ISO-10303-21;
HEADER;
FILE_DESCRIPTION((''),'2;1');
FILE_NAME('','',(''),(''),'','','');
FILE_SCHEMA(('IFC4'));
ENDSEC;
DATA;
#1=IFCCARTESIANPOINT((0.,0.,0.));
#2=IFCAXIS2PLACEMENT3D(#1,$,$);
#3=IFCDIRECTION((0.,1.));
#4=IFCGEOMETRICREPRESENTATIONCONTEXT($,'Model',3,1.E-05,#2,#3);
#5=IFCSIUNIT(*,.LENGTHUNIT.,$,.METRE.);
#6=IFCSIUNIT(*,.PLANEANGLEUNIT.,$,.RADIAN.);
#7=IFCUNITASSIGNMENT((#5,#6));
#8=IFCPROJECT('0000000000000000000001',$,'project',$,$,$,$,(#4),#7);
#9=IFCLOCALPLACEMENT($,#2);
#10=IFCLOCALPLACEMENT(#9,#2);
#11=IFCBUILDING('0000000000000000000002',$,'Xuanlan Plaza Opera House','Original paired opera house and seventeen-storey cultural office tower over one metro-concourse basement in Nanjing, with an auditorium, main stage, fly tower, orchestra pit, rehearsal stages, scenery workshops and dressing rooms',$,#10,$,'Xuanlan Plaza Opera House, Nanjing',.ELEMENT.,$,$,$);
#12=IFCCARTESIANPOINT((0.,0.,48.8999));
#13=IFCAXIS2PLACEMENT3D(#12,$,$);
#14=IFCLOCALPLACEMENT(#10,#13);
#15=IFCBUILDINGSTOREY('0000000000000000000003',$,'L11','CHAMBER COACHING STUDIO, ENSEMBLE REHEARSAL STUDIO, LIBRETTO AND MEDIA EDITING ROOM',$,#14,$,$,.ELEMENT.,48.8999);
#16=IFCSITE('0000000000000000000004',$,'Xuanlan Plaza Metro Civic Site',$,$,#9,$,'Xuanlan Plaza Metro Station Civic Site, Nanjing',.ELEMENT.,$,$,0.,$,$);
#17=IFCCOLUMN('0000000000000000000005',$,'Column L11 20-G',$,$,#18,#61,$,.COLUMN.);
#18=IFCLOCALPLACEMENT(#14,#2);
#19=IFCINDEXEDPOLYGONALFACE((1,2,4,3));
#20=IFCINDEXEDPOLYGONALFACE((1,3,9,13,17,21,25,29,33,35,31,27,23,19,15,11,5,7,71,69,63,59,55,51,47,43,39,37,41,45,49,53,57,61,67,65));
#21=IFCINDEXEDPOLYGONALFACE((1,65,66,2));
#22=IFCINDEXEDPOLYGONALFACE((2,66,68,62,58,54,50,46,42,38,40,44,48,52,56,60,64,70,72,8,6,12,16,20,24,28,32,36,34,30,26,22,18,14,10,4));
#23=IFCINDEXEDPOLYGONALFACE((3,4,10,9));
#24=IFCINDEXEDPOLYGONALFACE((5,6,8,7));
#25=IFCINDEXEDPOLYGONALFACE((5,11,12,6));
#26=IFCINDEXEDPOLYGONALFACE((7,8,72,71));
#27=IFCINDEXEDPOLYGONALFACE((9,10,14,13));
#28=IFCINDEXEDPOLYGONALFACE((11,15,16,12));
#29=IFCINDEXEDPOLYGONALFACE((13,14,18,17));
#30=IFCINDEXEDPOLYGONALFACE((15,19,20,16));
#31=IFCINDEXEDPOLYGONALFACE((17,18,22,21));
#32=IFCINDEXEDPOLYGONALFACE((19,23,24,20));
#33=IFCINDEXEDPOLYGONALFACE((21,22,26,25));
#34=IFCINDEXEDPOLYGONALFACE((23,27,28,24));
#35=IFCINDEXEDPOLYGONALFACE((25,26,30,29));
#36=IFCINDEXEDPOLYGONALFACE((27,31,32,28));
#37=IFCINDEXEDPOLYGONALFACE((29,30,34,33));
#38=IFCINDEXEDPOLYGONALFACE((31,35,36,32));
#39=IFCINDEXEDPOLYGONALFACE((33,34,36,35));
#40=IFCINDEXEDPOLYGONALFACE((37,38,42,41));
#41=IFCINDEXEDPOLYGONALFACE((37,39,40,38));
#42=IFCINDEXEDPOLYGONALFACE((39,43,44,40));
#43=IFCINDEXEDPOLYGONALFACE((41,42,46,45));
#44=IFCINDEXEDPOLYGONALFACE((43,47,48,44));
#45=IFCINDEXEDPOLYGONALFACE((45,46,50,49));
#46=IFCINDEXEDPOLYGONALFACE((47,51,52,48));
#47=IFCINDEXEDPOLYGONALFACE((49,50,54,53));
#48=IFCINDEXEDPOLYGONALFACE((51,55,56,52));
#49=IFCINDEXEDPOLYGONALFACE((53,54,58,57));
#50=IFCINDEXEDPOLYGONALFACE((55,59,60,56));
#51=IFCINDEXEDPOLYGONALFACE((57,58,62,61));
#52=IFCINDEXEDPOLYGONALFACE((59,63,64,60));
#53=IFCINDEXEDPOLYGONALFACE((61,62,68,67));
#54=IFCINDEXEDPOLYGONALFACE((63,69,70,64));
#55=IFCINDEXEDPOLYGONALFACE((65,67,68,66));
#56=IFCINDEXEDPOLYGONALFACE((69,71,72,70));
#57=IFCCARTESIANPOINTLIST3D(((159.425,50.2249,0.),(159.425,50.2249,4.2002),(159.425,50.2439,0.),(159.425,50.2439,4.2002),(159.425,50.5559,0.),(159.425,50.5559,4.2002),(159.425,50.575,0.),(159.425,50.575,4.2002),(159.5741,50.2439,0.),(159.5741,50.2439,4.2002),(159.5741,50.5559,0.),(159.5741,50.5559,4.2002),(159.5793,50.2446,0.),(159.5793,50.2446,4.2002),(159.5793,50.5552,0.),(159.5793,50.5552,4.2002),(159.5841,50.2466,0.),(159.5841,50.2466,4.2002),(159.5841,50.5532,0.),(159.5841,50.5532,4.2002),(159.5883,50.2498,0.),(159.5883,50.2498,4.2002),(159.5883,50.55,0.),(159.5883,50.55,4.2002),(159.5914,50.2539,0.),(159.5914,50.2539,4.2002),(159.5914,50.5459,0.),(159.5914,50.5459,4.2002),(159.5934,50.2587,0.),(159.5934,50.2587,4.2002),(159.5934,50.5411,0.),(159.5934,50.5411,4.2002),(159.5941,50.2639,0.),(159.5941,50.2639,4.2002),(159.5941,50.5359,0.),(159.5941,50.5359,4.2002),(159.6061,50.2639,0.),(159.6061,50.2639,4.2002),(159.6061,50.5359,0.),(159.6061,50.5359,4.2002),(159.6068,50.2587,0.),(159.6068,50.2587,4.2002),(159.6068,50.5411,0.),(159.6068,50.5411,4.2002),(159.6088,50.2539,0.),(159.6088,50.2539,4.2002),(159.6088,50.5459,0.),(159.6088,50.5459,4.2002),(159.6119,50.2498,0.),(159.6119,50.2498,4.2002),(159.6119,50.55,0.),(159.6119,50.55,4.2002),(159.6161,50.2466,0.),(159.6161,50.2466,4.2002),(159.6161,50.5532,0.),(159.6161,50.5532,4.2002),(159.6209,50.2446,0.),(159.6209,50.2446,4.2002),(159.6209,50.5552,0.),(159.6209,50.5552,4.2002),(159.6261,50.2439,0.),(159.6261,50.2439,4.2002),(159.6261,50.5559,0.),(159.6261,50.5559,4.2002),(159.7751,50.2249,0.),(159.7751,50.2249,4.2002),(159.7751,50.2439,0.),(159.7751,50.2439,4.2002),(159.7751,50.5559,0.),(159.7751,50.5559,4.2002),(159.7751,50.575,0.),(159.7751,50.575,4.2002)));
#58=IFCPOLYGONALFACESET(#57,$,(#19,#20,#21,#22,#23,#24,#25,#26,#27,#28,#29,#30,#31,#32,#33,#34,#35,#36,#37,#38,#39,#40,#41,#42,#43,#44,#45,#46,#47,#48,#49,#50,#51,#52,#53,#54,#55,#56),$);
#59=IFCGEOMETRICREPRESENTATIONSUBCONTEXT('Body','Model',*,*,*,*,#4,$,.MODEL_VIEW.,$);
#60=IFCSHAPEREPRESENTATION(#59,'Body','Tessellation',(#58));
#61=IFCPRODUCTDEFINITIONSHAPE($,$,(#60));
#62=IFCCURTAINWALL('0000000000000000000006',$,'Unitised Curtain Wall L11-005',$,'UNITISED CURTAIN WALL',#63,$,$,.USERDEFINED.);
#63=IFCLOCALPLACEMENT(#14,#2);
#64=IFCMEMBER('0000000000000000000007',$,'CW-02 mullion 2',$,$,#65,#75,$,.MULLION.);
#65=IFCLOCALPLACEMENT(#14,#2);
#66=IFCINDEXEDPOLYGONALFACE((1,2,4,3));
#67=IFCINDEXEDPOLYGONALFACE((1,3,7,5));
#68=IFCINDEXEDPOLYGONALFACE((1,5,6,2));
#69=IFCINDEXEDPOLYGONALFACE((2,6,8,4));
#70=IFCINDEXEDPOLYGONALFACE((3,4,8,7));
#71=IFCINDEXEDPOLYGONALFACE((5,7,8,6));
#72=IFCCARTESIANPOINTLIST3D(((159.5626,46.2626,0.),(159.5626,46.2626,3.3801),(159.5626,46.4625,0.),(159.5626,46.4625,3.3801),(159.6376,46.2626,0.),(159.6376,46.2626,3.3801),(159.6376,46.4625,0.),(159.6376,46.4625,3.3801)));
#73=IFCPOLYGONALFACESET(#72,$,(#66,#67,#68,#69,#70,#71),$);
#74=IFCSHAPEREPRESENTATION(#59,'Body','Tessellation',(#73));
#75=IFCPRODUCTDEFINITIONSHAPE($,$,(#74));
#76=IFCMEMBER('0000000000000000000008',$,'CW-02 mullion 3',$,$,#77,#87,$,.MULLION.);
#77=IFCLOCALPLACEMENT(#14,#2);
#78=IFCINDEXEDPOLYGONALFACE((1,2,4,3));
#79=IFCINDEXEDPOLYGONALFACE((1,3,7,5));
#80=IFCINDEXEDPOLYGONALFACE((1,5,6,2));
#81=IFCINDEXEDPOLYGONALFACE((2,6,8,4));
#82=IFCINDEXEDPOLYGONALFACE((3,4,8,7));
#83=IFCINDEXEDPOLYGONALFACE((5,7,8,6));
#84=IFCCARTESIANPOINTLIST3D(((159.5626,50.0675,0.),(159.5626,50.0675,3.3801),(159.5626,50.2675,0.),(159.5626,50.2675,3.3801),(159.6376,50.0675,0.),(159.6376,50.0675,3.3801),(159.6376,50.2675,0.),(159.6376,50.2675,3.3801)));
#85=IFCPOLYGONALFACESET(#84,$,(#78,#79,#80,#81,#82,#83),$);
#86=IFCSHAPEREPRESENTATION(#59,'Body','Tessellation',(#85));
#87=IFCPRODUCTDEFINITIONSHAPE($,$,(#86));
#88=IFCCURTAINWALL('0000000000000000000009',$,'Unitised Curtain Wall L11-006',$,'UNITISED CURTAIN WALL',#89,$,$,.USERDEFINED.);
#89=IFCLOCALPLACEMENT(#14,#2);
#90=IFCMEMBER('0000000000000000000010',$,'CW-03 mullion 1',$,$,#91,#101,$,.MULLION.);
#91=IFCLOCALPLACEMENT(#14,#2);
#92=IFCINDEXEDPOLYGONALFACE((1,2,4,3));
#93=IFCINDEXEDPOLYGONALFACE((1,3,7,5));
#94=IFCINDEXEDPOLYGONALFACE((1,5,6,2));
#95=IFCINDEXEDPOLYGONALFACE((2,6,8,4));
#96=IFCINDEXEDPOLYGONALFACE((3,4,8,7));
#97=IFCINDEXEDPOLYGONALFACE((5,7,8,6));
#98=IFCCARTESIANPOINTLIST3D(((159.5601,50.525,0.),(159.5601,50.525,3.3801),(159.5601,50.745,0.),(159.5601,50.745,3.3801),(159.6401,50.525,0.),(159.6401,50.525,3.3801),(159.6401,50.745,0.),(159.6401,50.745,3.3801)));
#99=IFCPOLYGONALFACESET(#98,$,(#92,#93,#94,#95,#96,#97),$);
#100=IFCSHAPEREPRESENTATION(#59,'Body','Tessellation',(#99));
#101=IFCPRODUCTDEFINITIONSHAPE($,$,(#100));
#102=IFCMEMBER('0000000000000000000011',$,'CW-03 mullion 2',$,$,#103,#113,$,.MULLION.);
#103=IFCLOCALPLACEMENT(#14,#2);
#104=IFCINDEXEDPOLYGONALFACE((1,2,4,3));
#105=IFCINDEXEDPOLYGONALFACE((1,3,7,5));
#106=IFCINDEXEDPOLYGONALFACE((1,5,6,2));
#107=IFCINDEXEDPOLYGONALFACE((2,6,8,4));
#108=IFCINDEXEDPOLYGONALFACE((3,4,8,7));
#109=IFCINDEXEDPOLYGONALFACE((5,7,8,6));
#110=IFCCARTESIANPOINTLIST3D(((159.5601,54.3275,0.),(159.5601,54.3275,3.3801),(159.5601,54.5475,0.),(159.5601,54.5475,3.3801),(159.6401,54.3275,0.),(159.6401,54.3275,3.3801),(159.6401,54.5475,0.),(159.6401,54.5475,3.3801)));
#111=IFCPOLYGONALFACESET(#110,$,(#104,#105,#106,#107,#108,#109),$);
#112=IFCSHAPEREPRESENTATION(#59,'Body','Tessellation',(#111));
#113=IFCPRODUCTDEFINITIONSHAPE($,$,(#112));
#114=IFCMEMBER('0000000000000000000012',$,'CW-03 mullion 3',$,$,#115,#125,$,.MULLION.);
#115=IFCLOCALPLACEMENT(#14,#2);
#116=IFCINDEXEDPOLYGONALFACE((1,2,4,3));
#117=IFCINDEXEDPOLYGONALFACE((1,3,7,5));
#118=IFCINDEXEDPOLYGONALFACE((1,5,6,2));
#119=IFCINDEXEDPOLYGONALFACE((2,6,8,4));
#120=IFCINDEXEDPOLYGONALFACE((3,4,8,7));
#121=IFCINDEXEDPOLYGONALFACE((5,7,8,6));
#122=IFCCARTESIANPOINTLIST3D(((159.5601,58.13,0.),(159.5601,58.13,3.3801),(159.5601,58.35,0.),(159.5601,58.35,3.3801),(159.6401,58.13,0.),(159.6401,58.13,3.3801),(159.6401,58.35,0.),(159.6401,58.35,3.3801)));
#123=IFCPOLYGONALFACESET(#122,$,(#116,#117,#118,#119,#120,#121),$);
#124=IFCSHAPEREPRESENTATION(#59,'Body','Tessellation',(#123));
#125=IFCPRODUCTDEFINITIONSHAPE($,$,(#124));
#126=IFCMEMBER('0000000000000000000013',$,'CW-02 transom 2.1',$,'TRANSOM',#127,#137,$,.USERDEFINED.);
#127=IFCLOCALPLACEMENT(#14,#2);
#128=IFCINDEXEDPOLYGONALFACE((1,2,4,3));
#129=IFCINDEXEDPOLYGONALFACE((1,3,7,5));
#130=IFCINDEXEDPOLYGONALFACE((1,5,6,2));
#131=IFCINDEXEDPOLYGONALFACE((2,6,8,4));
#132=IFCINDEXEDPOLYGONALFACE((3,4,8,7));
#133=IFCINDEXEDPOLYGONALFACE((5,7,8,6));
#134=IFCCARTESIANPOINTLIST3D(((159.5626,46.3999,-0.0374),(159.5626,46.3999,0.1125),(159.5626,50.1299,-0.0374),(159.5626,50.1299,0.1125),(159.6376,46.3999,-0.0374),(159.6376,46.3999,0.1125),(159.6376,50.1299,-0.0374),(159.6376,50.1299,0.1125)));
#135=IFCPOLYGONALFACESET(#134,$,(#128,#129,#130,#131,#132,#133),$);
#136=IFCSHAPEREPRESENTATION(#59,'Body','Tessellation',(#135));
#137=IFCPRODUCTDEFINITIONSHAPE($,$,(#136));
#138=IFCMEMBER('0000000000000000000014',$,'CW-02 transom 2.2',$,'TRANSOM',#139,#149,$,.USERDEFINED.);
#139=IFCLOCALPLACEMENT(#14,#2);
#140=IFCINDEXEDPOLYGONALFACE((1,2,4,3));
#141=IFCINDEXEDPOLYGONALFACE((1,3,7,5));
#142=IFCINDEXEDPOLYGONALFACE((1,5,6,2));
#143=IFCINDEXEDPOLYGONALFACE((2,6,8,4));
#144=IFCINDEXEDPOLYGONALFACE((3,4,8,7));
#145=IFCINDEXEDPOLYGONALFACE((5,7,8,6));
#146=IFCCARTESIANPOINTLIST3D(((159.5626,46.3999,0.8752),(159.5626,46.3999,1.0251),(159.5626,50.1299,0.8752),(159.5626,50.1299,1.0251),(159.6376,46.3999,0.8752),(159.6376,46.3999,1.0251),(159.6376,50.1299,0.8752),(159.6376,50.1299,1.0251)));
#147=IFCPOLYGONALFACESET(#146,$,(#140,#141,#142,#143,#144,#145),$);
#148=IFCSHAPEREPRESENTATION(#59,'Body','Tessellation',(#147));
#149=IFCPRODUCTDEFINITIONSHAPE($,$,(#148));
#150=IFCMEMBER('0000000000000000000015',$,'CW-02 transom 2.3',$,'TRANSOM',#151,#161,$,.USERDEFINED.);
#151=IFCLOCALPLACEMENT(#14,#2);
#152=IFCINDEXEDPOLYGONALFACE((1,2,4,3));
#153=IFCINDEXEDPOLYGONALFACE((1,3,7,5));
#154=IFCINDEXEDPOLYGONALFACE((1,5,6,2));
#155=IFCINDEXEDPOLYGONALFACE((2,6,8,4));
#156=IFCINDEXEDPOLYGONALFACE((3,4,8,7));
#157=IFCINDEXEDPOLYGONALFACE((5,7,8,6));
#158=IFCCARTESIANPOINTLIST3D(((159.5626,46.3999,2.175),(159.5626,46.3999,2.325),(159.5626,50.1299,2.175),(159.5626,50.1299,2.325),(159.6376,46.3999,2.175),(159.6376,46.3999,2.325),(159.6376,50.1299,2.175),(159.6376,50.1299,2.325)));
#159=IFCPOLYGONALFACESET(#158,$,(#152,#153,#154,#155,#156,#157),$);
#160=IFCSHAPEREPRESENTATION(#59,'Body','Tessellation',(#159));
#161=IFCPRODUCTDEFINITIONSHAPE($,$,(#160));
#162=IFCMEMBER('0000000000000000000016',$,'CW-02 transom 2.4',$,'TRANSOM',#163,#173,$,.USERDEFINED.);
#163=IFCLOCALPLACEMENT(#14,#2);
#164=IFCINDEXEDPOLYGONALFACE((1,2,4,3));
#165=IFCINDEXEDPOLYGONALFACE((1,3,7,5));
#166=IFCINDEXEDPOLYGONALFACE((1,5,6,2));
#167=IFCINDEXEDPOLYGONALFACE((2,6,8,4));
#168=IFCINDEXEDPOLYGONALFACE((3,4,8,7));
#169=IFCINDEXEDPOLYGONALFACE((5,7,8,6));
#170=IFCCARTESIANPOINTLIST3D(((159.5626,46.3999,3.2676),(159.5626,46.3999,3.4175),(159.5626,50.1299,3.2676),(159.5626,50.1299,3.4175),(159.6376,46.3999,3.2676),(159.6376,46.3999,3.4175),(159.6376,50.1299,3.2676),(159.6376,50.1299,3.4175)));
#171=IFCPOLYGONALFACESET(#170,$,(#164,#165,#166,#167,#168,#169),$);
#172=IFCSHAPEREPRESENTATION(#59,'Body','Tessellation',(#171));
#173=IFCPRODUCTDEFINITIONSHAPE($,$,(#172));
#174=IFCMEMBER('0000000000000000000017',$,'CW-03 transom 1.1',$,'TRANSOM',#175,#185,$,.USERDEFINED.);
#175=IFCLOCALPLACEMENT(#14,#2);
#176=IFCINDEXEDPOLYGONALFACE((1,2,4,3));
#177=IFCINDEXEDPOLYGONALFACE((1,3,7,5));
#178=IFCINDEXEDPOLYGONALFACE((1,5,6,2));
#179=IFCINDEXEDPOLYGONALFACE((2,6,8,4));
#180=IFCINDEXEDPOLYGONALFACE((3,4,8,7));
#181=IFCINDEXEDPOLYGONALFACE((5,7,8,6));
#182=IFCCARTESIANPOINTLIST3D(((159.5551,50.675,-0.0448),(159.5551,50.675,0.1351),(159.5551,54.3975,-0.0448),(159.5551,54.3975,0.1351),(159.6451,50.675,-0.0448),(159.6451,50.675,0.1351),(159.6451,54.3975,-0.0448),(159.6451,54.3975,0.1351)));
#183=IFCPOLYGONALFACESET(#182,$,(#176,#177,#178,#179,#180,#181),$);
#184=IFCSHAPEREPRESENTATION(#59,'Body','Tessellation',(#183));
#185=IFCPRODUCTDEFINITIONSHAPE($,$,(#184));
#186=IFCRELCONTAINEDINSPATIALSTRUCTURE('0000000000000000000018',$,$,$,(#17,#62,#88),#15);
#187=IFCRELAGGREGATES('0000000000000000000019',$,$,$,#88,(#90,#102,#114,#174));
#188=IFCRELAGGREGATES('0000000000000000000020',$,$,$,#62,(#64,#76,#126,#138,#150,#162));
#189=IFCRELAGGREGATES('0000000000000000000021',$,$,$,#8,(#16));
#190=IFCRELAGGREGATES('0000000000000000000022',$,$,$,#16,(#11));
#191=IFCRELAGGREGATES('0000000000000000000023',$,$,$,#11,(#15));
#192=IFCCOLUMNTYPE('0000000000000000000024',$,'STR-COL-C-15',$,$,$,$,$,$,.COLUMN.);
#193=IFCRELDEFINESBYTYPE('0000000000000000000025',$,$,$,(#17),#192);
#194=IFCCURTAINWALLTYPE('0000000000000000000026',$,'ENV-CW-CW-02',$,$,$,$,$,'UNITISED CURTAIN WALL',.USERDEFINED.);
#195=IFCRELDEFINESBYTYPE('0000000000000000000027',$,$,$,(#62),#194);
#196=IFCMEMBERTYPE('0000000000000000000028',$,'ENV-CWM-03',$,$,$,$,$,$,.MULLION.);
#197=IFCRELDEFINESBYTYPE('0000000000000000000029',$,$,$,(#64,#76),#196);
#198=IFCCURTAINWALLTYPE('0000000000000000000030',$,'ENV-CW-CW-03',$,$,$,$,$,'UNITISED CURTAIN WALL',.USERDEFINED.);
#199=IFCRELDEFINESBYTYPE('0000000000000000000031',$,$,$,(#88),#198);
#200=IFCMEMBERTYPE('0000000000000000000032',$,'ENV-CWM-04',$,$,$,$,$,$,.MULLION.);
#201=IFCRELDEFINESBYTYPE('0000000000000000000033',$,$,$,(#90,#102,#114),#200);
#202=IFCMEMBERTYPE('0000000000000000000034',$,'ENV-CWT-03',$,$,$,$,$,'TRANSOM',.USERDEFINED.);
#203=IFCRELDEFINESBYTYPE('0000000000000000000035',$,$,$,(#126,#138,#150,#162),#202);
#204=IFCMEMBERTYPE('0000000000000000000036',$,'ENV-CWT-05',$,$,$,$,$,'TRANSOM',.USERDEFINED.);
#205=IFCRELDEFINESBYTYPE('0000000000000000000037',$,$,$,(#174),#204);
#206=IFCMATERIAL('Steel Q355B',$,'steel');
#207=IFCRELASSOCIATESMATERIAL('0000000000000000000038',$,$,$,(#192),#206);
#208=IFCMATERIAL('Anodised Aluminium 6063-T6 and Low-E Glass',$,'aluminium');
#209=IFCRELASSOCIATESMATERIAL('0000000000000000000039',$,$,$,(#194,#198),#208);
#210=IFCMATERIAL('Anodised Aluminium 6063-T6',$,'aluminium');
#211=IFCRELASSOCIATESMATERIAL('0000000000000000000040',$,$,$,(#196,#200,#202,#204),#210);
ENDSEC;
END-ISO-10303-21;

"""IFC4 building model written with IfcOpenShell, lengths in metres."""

from ifc_helpers import new_model, si_unit, direction, frame, origin, origin_2d, place, context, subcontext, project, spatial, rectangle, i_section, extrude, material, material_profile, profile_set, type_object, element, aggregate, save


model = new_model("IFC4")

# Units and contexts
model_context = context("Model", 3, precision=1e-05, world=origin(), true_north=direction((0.0, 1.0)))
body_context = subcontext(model_context, "Body", "Model", "MODEL_VIEW")
ifc_project = project(units=[si_unit("LENGTHUNIT", "METRE"), si_unit("PLANEANGLEUNIT", "RADIAN")], contexts=[model_context])

# Site, building, storey
site_placement = place(None, origin())
site = spatial("IfcSite", under=ifc_project, at=site_placement, Name="Xuanlan Plaza Metro Civic Site", LongName="Xuanlan Plaza Metro Station Civic Site, Nanjing", CompositionType="ELEMENT", RefElevation=0.0)
building_placement = place(site_placement, origin())
building = spatial("IfcBuilding", under=site, at=building_placement, Name="Xuanlan Plaza Opera House", Description="Original paired opera house and seventeen-storey cultural office tower over one metro-concourse basement in Nanjing, with an auditorium, main stage, fly tower, orchestra pit, rehearsal stages, scenery workshops and dressing rooms", LongName="Xuanlan Plaza Opera House, Nanjing", CompositionType="ELEMENT")
storey_placement = place(building_placement, frame((0.0, 0.0, 48.8999)))
storey = spatial("IfcBuildingStorey", under=building, at=storey_placement, Name="L11", Description="CHAMBER COACHING STUDIO, ENSEMBLE REHEARSAL STUDIO, LIBRETTO AND MEDIA EDITING ROOM", CompositionType="ELEMENT", Elevation=48.8999)

# Column
ifc_material_1 = material(Name="Steel Q355B", Category="steel")
ifc_material_profile_1 = material_profile(ifc_material_1, i_section(OverallWidth=0.3501, OverallDepth=0.3501, WebThickness=0.012, FlangeThickness=0.019, FilletRadius=0.02, at=origin_2d()), Name="HW 350x350x12x19")
ifc_profile_set_1 = profile_set([ifc_material_profile_1], Name="Steel Q355B")
column_type = type_object("IfcColumnType", Name="STR-COL-C-15", PredefinedType="COLUMN", material=ifc_profile_set_1)
column_placement = place(storey_placement, frame((159.6001, 50.3999, 0.0), z_axis=(0.0, 0.0, 1.0), x_axis=(1.0, 0.0, 0.0)))
element("IfcColumn", 1, at=column_placement, inside=storey, type_object=column_type, Name="Column L11 20-G", PredefinedType="COLUMN", context=body_context, shape_type="SweptSolid", body=[
    extrude(i_section(OverallWidth=0.3501, OverallDepth=0.3501, WebThickness=0.012, FlangeThickness=0.019, FilletRadius=0.02, at=origin_2d()), origin(), (0.0, 0.0, 1.0), 4.2002),
])

# Curtain walls, members
ifc_material_2 = material(Name="Anodised Aluminium 6063-T6 and Low-E Glass", Category="aluminium")
curtain_wall_type_1 = type_object("IfcCurtainWallType", Name="ENV-CW-CW-02", ElementType="UNITISED CURTAIN WALL", PredefinedType="USERDEFINED", material=ifc_material_2)
curtain_wall_1_placement = place(storey_placement, origin())
curtain_wall_1 = element("IfcCurtainWall", 2, at=curtain_wall_1_placement, inside=storey, type_object=curtain_wall_type_1, Name="Unitised Curtain Wall L11-005", ObjectType="UNITISED CURTAIN WALL", PredefinedType="USERDEFINED")
ifc_material_3 = material(Name="Anodised Aluminium 6063-T6", Category="aluminium")
ifc_material_profile_2 = material_profile(ifc_material_3, rectangle(XDim=0.075, YDim=0.2, at=origin_2d()), Name="ALU-M 75x200")
ifc_profile_set_2 = profile_set([ifc_material_profile_2], Name="Anodised Aluminium 6063-T6")
member_type_1 = type_object("IfcMemberType", Name="ENV-CWM-03", PredefinedType="MULLION", material=ifc_profile_set_2)
member_1_placement = place(storey_placement, frame((159.6001, 46.3625, 0.0), z_axis=(0.0, 0.0, 1.0), x_axis=(-1.0, 0.0, 0.0)))
member_1 = element("IfcMember", 3, at=member_1_placement, type_object=member_type_1, Name="CW-02 mullion 2", PredefinedType="MULLION", context=body_context, shape_type="SweptSolid", body=[
    extrude(rectangle(XDim=0.075, YDim=0.2, at=origin_2d()), origin(), (0.0, 0.0, 1.0), 3.3801),
])
member_2_placement = place(storey_placement, frame((159.6001, 50.1675, 0.0), z_axis=(0.0, 0.0, 1.0), x_axis=(-1.0, 0.0, 0.0)))
member_2 = element("IfcMember", 4, at=member_2_placement, type_object=member_type_1, Name="CW-02 mullion 3", PredefinedType="MULLION", context=body_context, shape_type="SweptSolid", body=[
    extrude(rectangle(XDim=0.075, YDim=0.2, at=origin_2d()), origin(), (0.0, 0.0, 1.0), 3.3801),
])
curtain_wall_type_2 = type_object("IfcCurtainWallType", Name="ENV-CW-CW-03", ElementType="UNITISED CURTAIN WALL", PredefinedType="USERDEFINED", material=ifc_material_2)
curtain_wall_2_placement = place(storey_placement, origin())
curtain_wall_2 = element("IfcCurtainWall", 5, at=curtain_wall_2_placement, inside=storey, type_object=curtain_wall_type_2, Name="Unitised Curtain Wall L11-006", ObjectType="UNITISED CURTAIN WALL", PredefinedType="USERDEFINED")
ifc_material_profile_3 = material_profile(ifc_material_3, rectangle(XDim=0.0801, YDim=0.22, at=origin_2d()), Name="ALU-M 80x220")
ifc_profile_set_3 = profile_set([ifc_material_profile_3], Name="Anodised Aluminium 6063-T6")
member_type_2 = type_object("IfcMemberType", Name="ENV-CWM-04", PredefinedType="MULLION", material=ifc_profile_set_3)
member_3_placement = place(storey_placement, frame((159.6001, 50.635, 0.0), z_axis=(0.0, 0.0, 1.0), x_axis=(-1.0, 0.0, 0.0)))
member_3 = element("IfcMember", 6, at=member_3_placement, type_object=member_type_2, Name="CW-03 mullion 1", PredefinedType="MULLION", context=body_context, shape_type="SweptSolid", body=[
    extrude(rectangle(XDim=0.0801, YDim=0.22, at=origin_2d()), origin(), (0.0, 0.0, 1.0), 3.3801),
])
member_4_placement = place(storey_placement, frame((159.6001, 54.4375, 0.0), z_axis=(0.0, 0.0, 1.0), x_axis=(-1.0, 0.0, 0.0)))
member_4 = element("IfcMember", 7, at=member_4_placement, type_object=member_type_2, Name="CW-03 mullion 2", PredefinedType="MULLION", context=body_context, shape_type="SweptSolid", body=[
    extrude(rectangle(XDim=0.0801, YDim=0.22, at=origin_2d()), origin(), (0.0, 0.0, 1.0), 3.3801),
])
member_5_placement = place(storey_placement, frame((159.6001, 58.24, 0.0), z_axis=(0.0, 0.0, 1.0), x_axis=(-1.0, 0.0, 0.0)))
member_5 = element("IfcMember", 8, at=member_5_placement, type_object=member_type_2, Name="CW-03 mullion 3", PredefinedType="MULLION", context=body_context, shape_type="SweptSolid", body=[
    extrude(rectangle(XDim=0.0801, YDim=0.22, at=origin_2d()), origin(), (0.0, 0.0, 1.0), 3.3801),
])

# Members
ifc_material_profile_4 = material_profile(ifc_material_3, rectangle(XDim=0.075, YDim=0.1499, at=origin_2d()), Name="ALU-T 75x150")
ifc_profile_set_4 = profile_set([ifc_material_profile_4], Name="Anodised Aluminium 6063-T6")
member_type_3 = type_object("IfcMemberType", Name="ENV-CWT-03", ElementType="TRANSOM", PredefinedType="USERDEFINED", material=ifc_profile_set_4)
member_6_placement = place(storey_placement, frame((159.6001, 46.3999, 0.0376), z_axis=(0.0, 1.0, 0.0), x_axis=(-1.0, 0.0, 0.0)))
member_6 = element("IfcMember", 9, at=member_6_placement, type_object=member_type_3, Name="CW-02 transom 2.1", ObjectType="TRANSOM", PredefinedType="USERDEFINED", context=body_context, shape_type="SweptSolid", body=[
    extrude(rectangle(XDim=0.075, YDim=0.1499, at=origin_2d()), origin(), (0.0, 0.0, 1.0), 3.73),
])
member_7_placement = place(storey_placement, frame((159.6001, 46.3999, 0.9502), z_axis=(0.0, 1.0, 0.0), x_axis=(-1.0, 0.0, 0.0)))
member_7 = element("IfcMember", 10, at=member_7_placement, type_object=member_type_3, Name="CW-02 transom 2.2", ObjectType="TRANSOM", PredefinedType="USERDEFINED", context=body_context, shape_type="SweptSolid", body=[
    extrude(rectangle(XDim=0.075, YDim=0.1499, at=origin_2d()), origin(), (0.0, 0.0, 1.0), 3.73),
])
member_8_placement = place(storey_placement, frame((159.6001, 46.3999, 2.25), z_axis=(0.0, 1.0, 0.0), x_axis=(-1.0, 0.0, 0.0)))
member_8 = element("IfcMember", 11, at=member_8_placement, type_object=member_type_3, Name="CW-02 transom 2.3", ObjectType="TRANSOM", PredefinedType="USERDEFINED", context=body_context, shape_type="SweptSolid", body=[
    extrude(rectangle(XDim=0.075, YDim=0.1499, at=origin_2d()), origin(), (0.0, 0.0, 1.0), 3.73),
])
member_9_placement = place(storey_placement, frame((159.6001, 46.3999, 3.3425), z_axis=(0.0, 1.0, 0.0), x_axis=(-1.0, 0.0, 0.0)))
member_9 = element("IfcMember", 12, at=member_9_placement, type_object=member_type_3, Name="CW-02 transom 2.4", ObjectType="TRANSOM", PredefinedType="USERDEFINED", context=body_context, shape_type="SweptSolid", body=[
    extrude(rectangle(XDim=0.075, YDim=0.1499, at=origin_2d()), origin(), (0.0, 0.0, 1.0), 3.73),
])
ifc_material_profile_5 = material_profile(ifc_material_3, rectangle(XDim=0.0901, YDim=0.1799, at=origin_2d()), Name="ALU-T 90x180")
ifc_profile_set_5 = profile_set([ifc_material_profile_5], Name="Anodised Aluminium 6063-T6")
member_type_4 = type_object("IfcMemberType", Name="ENV-CWT-05", ElementType="TRANSOM", PredefinedType="USERDEFINED", material=ifc_profile_set_5)
member_10_placement = place(storey_placement, frame((159.6001, 50.675, 0.0452), z_axis=(0.0, 1.0, 0.0), x_axis=(-1.0, 0.0, 0.0)))
member_10 = element("IfcMember", 13, at=member_10_placement, type_object=member_type_4, Name="CW-03 transom 1.1", ObjectType="TRANSOM", PredefinedType="USERDEFINED", context=body_context, shape_type="SweptSolid", body=[
    extrude(rectangle(XDim=0.0901, YDim=0.1799, at=origin_2d()), origin(), (0.0, 0.0, 1.0), 3.7224),
])

aggregate(curtain_wall_2, [member_3, member_4, member_5, member_10])
aggregate(curtain_wall_1, [member_1, member_2, member_6, member_7, member_8, member_9])

save(model, "model.ifc")
